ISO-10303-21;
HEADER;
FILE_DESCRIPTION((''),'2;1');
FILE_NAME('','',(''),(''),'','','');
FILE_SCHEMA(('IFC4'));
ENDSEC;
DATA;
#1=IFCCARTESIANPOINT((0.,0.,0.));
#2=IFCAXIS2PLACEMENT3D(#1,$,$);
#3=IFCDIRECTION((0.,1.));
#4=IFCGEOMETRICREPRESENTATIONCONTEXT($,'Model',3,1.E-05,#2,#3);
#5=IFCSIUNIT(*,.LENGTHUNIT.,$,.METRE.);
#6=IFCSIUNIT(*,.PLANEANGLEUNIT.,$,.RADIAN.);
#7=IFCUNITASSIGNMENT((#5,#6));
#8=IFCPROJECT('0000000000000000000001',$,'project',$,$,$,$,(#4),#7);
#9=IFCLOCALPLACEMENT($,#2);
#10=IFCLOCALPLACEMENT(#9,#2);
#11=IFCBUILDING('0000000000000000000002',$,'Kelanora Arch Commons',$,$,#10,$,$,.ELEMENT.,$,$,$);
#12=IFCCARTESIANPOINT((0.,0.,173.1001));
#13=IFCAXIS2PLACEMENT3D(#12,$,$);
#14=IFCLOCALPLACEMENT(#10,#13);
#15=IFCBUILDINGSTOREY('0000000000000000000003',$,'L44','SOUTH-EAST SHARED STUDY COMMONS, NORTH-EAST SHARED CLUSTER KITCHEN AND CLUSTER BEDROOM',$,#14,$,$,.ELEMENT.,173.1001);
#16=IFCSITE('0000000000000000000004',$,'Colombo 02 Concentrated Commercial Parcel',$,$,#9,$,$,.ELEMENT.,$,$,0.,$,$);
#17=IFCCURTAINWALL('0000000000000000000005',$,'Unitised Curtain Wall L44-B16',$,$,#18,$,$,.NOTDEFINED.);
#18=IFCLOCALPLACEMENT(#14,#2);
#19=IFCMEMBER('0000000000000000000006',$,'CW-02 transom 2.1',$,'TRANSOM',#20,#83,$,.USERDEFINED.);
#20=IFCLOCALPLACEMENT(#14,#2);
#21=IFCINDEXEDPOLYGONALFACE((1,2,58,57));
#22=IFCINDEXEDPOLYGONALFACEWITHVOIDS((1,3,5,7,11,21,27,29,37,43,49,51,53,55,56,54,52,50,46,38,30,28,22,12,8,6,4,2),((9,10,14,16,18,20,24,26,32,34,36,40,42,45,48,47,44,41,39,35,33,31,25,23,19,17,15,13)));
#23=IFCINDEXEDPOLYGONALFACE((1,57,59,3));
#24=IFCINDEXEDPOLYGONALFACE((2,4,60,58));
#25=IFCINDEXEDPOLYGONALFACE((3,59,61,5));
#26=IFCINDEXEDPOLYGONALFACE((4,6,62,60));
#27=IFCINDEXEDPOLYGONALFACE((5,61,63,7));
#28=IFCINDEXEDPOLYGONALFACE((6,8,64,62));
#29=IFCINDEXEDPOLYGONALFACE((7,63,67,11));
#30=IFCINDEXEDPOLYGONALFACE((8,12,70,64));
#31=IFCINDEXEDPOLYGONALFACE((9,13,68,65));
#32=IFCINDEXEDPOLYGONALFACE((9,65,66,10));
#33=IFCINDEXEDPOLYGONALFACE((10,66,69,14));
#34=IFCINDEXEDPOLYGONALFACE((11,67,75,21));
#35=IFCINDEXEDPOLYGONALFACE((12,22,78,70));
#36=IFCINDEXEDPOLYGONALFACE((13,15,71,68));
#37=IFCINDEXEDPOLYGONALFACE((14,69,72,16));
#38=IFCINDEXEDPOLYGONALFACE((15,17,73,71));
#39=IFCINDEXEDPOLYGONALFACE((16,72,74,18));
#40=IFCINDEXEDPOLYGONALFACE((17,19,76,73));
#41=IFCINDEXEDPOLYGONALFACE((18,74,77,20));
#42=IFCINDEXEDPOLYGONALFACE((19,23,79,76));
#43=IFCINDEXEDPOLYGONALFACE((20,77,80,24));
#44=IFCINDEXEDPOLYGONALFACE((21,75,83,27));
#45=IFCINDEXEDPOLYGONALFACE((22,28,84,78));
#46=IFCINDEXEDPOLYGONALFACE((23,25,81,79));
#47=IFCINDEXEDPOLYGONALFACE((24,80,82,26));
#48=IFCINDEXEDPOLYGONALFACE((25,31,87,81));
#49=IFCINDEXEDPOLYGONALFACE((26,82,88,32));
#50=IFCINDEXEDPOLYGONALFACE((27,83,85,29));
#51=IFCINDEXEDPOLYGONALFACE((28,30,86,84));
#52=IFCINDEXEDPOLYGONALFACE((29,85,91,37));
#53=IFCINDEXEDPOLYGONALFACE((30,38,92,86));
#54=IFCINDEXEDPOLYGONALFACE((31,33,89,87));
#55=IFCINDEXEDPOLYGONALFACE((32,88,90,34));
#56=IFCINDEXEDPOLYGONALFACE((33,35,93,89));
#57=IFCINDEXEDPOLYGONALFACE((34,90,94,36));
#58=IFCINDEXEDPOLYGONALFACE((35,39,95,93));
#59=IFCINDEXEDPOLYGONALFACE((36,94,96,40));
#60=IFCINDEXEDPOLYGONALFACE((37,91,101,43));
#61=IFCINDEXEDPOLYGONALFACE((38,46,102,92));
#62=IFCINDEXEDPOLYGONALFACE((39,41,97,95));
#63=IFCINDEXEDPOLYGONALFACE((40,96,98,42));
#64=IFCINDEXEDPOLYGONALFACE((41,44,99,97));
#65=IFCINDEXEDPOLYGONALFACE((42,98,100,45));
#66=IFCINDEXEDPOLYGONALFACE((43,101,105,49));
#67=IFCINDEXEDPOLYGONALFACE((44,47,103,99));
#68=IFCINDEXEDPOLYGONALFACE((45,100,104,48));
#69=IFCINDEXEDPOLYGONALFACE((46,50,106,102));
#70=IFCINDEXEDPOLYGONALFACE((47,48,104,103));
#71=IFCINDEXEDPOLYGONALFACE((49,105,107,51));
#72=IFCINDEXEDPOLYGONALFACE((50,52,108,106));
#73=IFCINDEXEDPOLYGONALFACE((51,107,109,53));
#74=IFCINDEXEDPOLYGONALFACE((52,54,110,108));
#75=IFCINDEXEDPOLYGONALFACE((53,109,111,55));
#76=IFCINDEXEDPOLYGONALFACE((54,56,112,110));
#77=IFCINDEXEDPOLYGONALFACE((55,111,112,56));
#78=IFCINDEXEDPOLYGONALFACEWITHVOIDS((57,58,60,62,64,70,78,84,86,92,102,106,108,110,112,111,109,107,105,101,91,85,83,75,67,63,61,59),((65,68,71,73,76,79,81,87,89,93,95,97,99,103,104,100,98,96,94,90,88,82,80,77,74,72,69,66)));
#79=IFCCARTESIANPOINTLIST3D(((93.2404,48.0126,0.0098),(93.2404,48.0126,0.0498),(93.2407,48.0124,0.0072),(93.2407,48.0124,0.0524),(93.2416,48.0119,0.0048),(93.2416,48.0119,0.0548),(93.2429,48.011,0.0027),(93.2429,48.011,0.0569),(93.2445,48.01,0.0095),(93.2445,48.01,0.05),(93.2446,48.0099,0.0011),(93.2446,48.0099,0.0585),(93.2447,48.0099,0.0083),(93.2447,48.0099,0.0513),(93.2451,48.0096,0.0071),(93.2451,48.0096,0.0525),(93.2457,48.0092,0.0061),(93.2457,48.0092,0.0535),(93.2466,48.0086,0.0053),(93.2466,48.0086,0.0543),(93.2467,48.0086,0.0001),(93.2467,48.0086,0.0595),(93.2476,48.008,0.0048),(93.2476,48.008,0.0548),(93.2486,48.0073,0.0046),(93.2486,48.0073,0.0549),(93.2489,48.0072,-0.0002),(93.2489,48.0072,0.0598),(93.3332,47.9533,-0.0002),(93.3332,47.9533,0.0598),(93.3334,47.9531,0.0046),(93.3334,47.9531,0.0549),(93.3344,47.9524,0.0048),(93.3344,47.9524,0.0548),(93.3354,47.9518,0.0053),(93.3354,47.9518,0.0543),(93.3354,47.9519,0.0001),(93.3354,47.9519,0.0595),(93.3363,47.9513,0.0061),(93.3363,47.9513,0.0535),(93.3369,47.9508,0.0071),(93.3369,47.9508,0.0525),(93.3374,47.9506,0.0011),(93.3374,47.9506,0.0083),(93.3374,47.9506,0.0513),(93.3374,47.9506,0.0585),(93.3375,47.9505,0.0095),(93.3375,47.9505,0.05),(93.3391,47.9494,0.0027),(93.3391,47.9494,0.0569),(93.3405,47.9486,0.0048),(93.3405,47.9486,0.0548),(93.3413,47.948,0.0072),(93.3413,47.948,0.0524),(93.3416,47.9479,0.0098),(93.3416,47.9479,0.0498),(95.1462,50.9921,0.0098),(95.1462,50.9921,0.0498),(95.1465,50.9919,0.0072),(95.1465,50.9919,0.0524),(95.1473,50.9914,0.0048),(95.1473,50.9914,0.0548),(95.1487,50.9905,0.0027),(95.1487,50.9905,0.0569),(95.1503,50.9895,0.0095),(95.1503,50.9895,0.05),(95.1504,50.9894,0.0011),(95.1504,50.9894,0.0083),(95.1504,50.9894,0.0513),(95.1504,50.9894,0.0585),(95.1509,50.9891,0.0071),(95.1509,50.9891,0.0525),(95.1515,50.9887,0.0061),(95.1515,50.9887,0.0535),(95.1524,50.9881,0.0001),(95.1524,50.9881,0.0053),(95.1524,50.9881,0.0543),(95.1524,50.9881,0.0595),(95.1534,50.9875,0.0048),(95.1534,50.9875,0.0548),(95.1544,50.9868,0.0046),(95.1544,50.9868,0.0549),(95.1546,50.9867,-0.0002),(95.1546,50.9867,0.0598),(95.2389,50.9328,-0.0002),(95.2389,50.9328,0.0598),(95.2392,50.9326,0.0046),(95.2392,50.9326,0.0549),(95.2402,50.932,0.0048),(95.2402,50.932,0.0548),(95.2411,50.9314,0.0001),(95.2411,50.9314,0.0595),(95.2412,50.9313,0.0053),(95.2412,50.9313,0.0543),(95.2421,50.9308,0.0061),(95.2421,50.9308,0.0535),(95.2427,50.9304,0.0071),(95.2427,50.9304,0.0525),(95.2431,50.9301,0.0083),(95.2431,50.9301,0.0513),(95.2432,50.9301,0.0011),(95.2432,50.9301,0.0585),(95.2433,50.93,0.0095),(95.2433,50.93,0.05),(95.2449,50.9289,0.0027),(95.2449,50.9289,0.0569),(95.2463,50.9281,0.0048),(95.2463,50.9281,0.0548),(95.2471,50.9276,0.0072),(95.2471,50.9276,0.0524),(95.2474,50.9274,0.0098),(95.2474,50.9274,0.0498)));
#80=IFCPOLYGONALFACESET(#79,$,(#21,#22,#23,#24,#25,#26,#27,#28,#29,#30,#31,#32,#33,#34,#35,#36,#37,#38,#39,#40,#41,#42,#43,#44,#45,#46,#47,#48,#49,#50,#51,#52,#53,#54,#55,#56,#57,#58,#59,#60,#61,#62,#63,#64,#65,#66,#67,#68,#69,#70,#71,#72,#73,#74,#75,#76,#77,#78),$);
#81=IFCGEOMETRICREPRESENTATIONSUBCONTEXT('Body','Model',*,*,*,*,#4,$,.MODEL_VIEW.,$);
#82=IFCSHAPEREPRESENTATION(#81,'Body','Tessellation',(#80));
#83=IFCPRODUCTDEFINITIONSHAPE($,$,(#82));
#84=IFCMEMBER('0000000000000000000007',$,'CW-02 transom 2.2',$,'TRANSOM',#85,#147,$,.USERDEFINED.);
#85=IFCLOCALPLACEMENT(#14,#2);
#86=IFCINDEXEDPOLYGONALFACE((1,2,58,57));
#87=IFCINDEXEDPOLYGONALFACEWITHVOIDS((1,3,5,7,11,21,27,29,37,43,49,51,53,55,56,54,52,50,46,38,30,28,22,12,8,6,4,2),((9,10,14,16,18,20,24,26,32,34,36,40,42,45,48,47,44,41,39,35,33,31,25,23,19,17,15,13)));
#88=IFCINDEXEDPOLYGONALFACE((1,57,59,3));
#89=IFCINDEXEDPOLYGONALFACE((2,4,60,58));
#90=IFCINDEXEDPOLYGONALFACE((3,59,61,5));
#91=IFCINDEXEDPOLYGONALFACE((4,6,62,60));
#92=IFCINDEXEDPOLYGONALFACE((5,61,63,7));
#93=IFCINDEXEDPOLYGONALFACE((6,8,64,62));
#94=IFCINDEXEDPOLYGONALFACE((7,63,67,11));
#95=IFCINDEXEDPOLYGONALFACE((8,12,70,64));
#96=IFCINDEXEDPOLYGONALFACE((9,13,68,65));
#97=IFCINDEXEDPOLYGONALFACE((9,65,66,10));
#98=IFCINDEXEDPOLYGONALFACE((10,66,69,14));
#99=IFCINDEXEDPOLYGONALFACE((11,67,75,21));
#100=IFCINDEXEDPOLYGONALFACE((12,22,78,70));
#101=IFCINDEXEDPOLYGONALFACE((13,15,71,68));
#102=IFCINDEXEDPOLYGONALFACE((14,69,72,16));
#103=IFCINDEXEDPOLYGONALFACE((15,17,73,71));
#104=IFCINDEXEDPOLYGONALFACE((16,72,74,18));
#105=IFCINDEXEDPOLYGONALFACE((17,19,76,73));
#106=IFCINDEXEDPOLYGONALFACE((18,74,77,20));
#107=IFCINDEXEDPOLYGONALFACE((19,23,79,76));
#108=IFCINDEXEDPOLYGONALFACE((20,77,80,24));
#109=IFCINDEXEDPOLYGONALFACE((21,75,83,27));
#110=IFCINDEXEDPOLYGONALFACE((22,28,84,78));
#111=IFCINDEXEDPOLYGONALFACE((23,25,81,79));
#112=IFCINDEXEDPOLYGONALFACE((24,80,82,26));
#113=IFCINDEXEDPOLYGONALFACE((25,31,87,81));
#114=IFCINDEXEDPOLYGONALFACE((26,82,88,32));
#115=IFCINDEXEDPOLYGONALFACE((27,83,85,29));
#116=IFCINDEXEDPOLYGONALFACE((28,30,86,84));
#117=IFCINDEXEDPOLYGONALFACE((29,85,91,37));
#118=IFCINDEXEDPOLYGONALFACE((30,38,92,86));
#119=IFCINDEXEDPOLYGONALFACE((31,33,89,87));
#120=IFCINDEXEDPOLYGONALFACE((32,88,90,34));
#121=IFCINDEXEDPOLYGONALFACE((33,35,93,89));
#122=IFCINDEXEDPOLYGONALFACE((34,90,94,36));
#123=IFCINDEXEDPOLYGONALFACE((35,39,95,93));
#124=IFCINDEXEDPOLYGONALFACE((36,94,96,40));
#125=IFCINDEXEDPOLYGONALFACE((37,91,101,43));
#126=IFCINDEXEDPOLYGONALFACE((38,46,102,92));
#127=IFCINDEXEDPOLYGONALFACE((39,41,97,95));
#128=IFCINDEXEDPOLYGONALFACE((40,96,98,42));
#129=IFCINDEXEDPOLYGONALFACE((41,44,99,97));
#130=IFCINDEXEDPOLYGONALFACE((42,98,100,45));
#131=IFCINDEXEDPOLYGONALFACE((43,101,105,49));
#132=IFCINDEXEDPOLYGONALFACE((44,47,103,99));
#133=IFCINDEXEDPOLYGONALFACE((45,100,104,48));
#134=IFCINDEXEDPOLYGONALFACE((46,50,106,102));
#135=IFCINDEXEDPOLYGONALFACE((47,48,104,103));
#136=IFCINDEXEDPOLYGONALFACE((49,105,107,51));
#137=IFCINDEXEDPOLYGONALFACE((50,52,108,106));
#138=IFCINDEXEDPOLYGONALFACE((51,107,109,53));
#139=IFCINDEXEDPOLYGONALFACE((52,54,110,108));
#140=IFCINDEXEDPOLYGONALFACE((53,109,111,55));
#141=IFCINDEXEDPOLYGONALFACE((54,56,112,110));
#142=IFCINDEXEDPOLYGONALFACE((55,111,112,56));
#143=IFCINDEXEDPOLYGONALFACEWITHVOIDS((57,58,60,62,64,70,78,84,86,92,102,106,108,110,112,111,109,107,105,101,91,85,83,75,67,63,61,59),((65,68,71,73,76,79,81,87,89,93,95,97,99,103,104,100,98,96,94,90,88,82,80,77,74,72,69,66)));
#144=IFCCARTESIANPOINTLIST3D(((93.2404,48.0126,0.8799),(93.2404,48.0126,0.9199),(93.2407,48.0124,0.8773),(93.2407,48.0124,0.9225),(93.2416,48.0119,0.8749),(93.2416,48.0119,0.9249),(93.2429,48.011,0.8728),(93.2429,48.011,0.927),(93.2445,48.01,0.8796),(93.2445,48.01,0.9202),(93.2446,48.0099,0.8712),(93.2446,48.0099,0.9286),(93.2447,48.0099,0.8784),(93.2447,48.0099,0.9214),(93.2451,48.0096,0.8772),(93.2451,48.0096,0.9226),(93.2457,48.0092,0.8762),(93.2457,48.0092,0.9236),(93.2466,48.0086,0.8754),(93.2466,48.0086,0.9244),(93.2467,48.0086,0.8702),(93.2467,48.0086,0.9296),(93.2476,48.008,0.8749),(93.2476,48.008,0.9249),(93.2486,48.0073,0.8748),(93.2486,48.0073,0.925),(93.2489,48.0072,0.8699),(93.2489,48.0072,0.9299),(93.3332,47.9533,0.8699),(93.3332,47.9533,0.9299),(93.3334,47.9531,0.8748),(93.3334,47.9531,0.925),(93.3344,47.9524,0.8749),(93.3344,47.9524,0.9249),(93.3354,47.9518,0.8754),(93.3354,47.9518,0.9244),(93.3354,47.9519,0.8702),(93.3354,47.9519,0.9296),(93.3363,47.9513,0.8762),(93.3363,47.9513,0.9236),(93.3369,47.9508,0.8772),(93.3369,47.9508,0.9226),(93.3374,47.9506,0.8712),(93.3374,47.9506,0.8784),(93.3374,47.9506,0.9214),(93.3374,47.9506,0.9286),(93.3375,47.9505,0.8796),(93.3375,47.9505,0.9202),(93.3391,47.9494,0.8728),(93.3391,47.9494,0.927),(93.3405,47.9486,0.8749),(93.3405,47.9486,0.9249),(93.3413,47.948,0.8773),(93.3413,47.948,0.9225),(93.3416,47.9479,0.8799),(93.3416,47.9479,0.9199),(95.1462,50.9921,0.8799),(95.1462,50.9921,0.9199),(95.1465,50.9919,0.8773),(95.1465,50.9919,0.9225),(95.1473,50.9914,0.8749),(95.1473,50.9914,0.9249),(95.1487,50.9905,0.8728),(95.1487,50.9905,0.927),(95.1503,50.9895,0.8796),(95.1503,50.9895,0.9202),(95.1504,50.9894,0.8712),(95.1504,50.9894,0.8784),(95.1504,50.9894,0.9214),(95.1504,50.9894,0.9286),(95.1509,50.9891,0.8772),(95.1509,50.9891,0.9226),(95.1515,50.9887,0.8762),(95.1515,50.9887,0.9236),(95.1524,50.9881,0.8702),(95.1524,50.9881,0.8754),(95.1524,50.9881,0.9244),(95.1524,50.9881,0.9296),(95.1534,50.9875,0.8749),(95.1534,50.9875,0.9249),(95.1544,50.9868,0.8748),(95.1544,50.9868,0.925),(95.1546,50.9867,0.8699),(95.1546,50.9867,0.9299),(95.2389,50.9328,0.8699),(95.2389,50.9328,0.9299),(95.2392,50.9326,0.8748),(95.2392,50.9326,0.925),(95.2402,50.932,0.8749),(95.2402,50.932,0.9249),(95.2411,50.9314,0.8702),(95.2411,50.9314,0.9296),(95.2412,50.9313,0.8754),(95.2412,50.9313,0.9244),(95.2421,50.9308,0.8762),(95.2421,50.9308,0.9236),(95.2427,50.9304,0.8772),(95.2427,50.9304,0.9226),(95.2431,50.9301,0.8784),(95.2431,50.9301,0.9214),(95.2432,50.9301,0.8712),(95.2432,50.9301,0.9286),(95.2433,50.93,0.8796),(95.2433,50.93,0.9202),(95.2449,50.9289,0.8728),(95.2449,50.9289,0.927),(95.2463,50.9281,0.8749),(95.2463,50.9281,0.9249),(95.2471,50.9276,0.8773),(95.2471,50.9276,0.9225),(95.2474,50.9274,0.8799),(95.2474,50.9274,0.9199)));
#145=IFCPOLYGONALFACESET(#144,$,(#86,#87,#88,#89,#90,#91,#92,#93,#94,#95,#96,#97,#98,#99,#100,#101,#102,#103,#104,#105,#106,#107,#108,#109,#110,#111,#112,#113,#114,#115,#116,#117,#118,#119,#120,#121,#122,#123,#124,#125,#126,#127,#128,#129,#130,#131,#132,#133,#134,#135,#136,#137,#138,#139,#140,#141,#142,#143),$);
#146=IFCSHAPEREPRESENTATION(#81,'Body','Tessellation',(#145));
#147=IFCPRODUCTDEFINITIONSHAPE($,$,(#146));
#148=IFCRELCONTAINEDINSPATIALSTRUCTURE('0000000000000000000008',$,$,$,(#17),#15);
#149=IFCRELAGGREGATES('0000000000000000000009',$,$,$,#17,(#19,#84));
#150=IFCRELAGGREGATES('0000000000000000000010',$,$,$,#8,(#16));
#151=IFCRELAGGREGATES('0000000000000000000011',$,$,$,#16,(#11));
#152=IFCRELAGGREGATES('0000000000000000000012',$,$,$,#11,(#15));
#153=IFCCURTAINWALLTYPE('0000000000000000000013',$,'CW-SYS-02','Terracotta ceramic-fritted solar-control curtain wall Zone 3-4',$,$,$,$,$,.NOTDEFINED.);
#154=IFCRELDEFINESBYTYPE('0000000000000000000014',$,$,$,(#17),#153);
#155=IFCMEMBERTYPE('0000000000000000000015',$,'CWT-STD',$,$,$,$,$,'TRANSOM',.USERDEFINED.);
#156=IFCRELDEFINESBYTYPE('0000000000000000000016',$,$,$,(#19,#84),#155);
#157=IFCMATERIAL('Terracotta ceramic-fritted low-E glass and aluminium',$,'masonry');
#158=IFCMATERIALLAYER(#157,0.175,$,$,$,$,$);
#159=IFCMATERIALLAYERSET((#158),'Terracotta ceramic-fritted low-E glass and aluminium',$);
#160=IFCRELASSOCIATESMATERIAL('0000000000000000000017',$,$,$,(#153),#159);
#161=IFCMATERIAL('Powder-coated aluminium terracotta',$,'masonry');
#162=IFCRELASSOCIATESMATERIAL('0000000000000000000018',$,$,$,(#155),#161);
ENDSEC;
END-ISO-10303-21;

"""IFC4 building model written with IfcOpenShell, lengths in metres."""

from ifc_helpers import new_model, si_unit, direction, frame, origin, origin_2d, place, context, subcontext, project, spatial, hollow_rectangle, extrude, material, layer, layer_set, material_profile, profile_set, type_object, element, aggregate, save


model = new_model("IFC4")

# Units and contexts
model_context = context("Model", 3, precision=1e-05, world=origin(), true_north=direction((0.0, 1.0)))
body_context = subcontext(model_context, "Body", "Model", "MODEL_VIEW")
ifc_project = project(units=[si_unit("LENGTHUNIT", "METRE"), si_unit("PLANEANGLEUNIT", "RADIAN")], contexts=[model_context])

# Site, building, storey
site_placement = place(None, origin())
site = spatial("IfcSite", under=ifc_project, at=site_placement, Name="Colombo 02 Concentrated Commercial Parcel", CompositionType="ELEMENT", RefElevation=0.0)
building_placement = place(site_placement, origin())
building = spatial("IfcBuilding", under=site, at=building_placement, Name="Kelanora Arch Commons", CompositionType="ELEMENT")
storey_placement = place(building_placement, frame((0.0, 0.0, 173.1001)))
storey = spatial("IfcBuildingStorey", under=building, at=storey_placement, Name="L44", Description="SOUTH-EAST SHARED STUDY COMMONS, NORTH-EAST SHARED CLUSTER KITCHEN AND CLUSTER BEDROOM", CompositionType="ELEMENT", Elevation=173.1001)

# Curtain wall, members
ifc_material_1 = material(Name="Terracotta ceramic-fritted low-E glass and aluminium", Category="masonry")
ifc_layer_1 = layer(ifc_material_1, 0.175)
ifc_layer_set_1 = layer_set([ifc_layer_1], Name="Terracotta ceramic-fritted low-E glass and aluminium")
curtain_wall_type = type_object("IfcCurtainWallType", Name="CW-SYS-02", Description="Terracotta ceramic-fritted solar-control curtain wall Zone 3-4", PredefinedType="NOTDEFINED", material=ifc_layer_set_1)
curtain_wall_placement = place(storey_placement, origin())
curtain_wall = element("IfcCurtainWall", 1, at=curtain_wall_placement, inside=storey, type_object=curtain_wall_type, Name="Unitised Curtain Wall L44-B16", PredefinedType="NOTDEFINED")
ifc_material_2 = material(Name="Powder-coated aluminium terracotta", Category="masonry")
ifc_material_profile_1 = material_profile(ifc_material_2, hollow_rectangle(XDim=0.1201, YDim=0.0601, WallThickness=0.0049, InnerFilletRadius=0.0049, OuterFilletRadius=0.01, at=origin_2d()), Name="CWT120x60")
ifc_profile_set_1 = profile_set([ifc_material_profile_1], Name="Powder-coated aluminium terracotta")
member_type_1 = type_object("IfcMemberType", Name="CWT-STD", ElementType="TRANSOM", PredefinedType="USERDEFINED", material=ifc_profile_set_1)
member_1_placement = place(storey_placement, frame((93.291, 47.9802, 0.0298), z_axis=(0.53883, 0.842414, 0.0), x_axis=(-0.842414, 0.53883, 0.0)))
member_1 = element("IfcMember", 2, at=member_1_placement, type_object=member_type_1, Name="CW-02 transom 2.1", ObjectType="TRANSOM", PredefinedType="USERDEFINED", context=body_context, shape_type="SweptSolid", body=[
    extrude(hollow_rectangle(XDim=0.1201, YDim=0.0601, WallThickness=0.0049, InnerFilletRadius=0.0049, OuterFilletRadius=0.01, at=origin_2d()), origin(), (0.0, 0.0, 1.0), 3.5369),
])
member_2_placement = place(storey_placement, frame((93.291, 47.9802, 0.8999), z_axis=(0.53883, 0.842414, 0.0), x_axis=(-0.842414, 0.53883, 0.0)))
member_2 = element("IfcMember", 3, at=member_2_placement, type_object=member_type_1, Name="CW-02 transom 2.2", ObjectType="TRANSOM", PredefinedType="USERDEFINED", context=body_context, shape_type="SweptSolid", body=[
    extrude(hollow_rectangle(XDim=0.1201, YDim=0.0601, WallThickness=0.0049, InnerFilletRadius=0.0049, OuterFilletRadius=0.01, at=origin_2d()), origin(), (0.0, 0.0, 1.0), 3.5369),
])
aggregate(curtain_wall, [member_1, member_2])

save(model, "model.ifc")
